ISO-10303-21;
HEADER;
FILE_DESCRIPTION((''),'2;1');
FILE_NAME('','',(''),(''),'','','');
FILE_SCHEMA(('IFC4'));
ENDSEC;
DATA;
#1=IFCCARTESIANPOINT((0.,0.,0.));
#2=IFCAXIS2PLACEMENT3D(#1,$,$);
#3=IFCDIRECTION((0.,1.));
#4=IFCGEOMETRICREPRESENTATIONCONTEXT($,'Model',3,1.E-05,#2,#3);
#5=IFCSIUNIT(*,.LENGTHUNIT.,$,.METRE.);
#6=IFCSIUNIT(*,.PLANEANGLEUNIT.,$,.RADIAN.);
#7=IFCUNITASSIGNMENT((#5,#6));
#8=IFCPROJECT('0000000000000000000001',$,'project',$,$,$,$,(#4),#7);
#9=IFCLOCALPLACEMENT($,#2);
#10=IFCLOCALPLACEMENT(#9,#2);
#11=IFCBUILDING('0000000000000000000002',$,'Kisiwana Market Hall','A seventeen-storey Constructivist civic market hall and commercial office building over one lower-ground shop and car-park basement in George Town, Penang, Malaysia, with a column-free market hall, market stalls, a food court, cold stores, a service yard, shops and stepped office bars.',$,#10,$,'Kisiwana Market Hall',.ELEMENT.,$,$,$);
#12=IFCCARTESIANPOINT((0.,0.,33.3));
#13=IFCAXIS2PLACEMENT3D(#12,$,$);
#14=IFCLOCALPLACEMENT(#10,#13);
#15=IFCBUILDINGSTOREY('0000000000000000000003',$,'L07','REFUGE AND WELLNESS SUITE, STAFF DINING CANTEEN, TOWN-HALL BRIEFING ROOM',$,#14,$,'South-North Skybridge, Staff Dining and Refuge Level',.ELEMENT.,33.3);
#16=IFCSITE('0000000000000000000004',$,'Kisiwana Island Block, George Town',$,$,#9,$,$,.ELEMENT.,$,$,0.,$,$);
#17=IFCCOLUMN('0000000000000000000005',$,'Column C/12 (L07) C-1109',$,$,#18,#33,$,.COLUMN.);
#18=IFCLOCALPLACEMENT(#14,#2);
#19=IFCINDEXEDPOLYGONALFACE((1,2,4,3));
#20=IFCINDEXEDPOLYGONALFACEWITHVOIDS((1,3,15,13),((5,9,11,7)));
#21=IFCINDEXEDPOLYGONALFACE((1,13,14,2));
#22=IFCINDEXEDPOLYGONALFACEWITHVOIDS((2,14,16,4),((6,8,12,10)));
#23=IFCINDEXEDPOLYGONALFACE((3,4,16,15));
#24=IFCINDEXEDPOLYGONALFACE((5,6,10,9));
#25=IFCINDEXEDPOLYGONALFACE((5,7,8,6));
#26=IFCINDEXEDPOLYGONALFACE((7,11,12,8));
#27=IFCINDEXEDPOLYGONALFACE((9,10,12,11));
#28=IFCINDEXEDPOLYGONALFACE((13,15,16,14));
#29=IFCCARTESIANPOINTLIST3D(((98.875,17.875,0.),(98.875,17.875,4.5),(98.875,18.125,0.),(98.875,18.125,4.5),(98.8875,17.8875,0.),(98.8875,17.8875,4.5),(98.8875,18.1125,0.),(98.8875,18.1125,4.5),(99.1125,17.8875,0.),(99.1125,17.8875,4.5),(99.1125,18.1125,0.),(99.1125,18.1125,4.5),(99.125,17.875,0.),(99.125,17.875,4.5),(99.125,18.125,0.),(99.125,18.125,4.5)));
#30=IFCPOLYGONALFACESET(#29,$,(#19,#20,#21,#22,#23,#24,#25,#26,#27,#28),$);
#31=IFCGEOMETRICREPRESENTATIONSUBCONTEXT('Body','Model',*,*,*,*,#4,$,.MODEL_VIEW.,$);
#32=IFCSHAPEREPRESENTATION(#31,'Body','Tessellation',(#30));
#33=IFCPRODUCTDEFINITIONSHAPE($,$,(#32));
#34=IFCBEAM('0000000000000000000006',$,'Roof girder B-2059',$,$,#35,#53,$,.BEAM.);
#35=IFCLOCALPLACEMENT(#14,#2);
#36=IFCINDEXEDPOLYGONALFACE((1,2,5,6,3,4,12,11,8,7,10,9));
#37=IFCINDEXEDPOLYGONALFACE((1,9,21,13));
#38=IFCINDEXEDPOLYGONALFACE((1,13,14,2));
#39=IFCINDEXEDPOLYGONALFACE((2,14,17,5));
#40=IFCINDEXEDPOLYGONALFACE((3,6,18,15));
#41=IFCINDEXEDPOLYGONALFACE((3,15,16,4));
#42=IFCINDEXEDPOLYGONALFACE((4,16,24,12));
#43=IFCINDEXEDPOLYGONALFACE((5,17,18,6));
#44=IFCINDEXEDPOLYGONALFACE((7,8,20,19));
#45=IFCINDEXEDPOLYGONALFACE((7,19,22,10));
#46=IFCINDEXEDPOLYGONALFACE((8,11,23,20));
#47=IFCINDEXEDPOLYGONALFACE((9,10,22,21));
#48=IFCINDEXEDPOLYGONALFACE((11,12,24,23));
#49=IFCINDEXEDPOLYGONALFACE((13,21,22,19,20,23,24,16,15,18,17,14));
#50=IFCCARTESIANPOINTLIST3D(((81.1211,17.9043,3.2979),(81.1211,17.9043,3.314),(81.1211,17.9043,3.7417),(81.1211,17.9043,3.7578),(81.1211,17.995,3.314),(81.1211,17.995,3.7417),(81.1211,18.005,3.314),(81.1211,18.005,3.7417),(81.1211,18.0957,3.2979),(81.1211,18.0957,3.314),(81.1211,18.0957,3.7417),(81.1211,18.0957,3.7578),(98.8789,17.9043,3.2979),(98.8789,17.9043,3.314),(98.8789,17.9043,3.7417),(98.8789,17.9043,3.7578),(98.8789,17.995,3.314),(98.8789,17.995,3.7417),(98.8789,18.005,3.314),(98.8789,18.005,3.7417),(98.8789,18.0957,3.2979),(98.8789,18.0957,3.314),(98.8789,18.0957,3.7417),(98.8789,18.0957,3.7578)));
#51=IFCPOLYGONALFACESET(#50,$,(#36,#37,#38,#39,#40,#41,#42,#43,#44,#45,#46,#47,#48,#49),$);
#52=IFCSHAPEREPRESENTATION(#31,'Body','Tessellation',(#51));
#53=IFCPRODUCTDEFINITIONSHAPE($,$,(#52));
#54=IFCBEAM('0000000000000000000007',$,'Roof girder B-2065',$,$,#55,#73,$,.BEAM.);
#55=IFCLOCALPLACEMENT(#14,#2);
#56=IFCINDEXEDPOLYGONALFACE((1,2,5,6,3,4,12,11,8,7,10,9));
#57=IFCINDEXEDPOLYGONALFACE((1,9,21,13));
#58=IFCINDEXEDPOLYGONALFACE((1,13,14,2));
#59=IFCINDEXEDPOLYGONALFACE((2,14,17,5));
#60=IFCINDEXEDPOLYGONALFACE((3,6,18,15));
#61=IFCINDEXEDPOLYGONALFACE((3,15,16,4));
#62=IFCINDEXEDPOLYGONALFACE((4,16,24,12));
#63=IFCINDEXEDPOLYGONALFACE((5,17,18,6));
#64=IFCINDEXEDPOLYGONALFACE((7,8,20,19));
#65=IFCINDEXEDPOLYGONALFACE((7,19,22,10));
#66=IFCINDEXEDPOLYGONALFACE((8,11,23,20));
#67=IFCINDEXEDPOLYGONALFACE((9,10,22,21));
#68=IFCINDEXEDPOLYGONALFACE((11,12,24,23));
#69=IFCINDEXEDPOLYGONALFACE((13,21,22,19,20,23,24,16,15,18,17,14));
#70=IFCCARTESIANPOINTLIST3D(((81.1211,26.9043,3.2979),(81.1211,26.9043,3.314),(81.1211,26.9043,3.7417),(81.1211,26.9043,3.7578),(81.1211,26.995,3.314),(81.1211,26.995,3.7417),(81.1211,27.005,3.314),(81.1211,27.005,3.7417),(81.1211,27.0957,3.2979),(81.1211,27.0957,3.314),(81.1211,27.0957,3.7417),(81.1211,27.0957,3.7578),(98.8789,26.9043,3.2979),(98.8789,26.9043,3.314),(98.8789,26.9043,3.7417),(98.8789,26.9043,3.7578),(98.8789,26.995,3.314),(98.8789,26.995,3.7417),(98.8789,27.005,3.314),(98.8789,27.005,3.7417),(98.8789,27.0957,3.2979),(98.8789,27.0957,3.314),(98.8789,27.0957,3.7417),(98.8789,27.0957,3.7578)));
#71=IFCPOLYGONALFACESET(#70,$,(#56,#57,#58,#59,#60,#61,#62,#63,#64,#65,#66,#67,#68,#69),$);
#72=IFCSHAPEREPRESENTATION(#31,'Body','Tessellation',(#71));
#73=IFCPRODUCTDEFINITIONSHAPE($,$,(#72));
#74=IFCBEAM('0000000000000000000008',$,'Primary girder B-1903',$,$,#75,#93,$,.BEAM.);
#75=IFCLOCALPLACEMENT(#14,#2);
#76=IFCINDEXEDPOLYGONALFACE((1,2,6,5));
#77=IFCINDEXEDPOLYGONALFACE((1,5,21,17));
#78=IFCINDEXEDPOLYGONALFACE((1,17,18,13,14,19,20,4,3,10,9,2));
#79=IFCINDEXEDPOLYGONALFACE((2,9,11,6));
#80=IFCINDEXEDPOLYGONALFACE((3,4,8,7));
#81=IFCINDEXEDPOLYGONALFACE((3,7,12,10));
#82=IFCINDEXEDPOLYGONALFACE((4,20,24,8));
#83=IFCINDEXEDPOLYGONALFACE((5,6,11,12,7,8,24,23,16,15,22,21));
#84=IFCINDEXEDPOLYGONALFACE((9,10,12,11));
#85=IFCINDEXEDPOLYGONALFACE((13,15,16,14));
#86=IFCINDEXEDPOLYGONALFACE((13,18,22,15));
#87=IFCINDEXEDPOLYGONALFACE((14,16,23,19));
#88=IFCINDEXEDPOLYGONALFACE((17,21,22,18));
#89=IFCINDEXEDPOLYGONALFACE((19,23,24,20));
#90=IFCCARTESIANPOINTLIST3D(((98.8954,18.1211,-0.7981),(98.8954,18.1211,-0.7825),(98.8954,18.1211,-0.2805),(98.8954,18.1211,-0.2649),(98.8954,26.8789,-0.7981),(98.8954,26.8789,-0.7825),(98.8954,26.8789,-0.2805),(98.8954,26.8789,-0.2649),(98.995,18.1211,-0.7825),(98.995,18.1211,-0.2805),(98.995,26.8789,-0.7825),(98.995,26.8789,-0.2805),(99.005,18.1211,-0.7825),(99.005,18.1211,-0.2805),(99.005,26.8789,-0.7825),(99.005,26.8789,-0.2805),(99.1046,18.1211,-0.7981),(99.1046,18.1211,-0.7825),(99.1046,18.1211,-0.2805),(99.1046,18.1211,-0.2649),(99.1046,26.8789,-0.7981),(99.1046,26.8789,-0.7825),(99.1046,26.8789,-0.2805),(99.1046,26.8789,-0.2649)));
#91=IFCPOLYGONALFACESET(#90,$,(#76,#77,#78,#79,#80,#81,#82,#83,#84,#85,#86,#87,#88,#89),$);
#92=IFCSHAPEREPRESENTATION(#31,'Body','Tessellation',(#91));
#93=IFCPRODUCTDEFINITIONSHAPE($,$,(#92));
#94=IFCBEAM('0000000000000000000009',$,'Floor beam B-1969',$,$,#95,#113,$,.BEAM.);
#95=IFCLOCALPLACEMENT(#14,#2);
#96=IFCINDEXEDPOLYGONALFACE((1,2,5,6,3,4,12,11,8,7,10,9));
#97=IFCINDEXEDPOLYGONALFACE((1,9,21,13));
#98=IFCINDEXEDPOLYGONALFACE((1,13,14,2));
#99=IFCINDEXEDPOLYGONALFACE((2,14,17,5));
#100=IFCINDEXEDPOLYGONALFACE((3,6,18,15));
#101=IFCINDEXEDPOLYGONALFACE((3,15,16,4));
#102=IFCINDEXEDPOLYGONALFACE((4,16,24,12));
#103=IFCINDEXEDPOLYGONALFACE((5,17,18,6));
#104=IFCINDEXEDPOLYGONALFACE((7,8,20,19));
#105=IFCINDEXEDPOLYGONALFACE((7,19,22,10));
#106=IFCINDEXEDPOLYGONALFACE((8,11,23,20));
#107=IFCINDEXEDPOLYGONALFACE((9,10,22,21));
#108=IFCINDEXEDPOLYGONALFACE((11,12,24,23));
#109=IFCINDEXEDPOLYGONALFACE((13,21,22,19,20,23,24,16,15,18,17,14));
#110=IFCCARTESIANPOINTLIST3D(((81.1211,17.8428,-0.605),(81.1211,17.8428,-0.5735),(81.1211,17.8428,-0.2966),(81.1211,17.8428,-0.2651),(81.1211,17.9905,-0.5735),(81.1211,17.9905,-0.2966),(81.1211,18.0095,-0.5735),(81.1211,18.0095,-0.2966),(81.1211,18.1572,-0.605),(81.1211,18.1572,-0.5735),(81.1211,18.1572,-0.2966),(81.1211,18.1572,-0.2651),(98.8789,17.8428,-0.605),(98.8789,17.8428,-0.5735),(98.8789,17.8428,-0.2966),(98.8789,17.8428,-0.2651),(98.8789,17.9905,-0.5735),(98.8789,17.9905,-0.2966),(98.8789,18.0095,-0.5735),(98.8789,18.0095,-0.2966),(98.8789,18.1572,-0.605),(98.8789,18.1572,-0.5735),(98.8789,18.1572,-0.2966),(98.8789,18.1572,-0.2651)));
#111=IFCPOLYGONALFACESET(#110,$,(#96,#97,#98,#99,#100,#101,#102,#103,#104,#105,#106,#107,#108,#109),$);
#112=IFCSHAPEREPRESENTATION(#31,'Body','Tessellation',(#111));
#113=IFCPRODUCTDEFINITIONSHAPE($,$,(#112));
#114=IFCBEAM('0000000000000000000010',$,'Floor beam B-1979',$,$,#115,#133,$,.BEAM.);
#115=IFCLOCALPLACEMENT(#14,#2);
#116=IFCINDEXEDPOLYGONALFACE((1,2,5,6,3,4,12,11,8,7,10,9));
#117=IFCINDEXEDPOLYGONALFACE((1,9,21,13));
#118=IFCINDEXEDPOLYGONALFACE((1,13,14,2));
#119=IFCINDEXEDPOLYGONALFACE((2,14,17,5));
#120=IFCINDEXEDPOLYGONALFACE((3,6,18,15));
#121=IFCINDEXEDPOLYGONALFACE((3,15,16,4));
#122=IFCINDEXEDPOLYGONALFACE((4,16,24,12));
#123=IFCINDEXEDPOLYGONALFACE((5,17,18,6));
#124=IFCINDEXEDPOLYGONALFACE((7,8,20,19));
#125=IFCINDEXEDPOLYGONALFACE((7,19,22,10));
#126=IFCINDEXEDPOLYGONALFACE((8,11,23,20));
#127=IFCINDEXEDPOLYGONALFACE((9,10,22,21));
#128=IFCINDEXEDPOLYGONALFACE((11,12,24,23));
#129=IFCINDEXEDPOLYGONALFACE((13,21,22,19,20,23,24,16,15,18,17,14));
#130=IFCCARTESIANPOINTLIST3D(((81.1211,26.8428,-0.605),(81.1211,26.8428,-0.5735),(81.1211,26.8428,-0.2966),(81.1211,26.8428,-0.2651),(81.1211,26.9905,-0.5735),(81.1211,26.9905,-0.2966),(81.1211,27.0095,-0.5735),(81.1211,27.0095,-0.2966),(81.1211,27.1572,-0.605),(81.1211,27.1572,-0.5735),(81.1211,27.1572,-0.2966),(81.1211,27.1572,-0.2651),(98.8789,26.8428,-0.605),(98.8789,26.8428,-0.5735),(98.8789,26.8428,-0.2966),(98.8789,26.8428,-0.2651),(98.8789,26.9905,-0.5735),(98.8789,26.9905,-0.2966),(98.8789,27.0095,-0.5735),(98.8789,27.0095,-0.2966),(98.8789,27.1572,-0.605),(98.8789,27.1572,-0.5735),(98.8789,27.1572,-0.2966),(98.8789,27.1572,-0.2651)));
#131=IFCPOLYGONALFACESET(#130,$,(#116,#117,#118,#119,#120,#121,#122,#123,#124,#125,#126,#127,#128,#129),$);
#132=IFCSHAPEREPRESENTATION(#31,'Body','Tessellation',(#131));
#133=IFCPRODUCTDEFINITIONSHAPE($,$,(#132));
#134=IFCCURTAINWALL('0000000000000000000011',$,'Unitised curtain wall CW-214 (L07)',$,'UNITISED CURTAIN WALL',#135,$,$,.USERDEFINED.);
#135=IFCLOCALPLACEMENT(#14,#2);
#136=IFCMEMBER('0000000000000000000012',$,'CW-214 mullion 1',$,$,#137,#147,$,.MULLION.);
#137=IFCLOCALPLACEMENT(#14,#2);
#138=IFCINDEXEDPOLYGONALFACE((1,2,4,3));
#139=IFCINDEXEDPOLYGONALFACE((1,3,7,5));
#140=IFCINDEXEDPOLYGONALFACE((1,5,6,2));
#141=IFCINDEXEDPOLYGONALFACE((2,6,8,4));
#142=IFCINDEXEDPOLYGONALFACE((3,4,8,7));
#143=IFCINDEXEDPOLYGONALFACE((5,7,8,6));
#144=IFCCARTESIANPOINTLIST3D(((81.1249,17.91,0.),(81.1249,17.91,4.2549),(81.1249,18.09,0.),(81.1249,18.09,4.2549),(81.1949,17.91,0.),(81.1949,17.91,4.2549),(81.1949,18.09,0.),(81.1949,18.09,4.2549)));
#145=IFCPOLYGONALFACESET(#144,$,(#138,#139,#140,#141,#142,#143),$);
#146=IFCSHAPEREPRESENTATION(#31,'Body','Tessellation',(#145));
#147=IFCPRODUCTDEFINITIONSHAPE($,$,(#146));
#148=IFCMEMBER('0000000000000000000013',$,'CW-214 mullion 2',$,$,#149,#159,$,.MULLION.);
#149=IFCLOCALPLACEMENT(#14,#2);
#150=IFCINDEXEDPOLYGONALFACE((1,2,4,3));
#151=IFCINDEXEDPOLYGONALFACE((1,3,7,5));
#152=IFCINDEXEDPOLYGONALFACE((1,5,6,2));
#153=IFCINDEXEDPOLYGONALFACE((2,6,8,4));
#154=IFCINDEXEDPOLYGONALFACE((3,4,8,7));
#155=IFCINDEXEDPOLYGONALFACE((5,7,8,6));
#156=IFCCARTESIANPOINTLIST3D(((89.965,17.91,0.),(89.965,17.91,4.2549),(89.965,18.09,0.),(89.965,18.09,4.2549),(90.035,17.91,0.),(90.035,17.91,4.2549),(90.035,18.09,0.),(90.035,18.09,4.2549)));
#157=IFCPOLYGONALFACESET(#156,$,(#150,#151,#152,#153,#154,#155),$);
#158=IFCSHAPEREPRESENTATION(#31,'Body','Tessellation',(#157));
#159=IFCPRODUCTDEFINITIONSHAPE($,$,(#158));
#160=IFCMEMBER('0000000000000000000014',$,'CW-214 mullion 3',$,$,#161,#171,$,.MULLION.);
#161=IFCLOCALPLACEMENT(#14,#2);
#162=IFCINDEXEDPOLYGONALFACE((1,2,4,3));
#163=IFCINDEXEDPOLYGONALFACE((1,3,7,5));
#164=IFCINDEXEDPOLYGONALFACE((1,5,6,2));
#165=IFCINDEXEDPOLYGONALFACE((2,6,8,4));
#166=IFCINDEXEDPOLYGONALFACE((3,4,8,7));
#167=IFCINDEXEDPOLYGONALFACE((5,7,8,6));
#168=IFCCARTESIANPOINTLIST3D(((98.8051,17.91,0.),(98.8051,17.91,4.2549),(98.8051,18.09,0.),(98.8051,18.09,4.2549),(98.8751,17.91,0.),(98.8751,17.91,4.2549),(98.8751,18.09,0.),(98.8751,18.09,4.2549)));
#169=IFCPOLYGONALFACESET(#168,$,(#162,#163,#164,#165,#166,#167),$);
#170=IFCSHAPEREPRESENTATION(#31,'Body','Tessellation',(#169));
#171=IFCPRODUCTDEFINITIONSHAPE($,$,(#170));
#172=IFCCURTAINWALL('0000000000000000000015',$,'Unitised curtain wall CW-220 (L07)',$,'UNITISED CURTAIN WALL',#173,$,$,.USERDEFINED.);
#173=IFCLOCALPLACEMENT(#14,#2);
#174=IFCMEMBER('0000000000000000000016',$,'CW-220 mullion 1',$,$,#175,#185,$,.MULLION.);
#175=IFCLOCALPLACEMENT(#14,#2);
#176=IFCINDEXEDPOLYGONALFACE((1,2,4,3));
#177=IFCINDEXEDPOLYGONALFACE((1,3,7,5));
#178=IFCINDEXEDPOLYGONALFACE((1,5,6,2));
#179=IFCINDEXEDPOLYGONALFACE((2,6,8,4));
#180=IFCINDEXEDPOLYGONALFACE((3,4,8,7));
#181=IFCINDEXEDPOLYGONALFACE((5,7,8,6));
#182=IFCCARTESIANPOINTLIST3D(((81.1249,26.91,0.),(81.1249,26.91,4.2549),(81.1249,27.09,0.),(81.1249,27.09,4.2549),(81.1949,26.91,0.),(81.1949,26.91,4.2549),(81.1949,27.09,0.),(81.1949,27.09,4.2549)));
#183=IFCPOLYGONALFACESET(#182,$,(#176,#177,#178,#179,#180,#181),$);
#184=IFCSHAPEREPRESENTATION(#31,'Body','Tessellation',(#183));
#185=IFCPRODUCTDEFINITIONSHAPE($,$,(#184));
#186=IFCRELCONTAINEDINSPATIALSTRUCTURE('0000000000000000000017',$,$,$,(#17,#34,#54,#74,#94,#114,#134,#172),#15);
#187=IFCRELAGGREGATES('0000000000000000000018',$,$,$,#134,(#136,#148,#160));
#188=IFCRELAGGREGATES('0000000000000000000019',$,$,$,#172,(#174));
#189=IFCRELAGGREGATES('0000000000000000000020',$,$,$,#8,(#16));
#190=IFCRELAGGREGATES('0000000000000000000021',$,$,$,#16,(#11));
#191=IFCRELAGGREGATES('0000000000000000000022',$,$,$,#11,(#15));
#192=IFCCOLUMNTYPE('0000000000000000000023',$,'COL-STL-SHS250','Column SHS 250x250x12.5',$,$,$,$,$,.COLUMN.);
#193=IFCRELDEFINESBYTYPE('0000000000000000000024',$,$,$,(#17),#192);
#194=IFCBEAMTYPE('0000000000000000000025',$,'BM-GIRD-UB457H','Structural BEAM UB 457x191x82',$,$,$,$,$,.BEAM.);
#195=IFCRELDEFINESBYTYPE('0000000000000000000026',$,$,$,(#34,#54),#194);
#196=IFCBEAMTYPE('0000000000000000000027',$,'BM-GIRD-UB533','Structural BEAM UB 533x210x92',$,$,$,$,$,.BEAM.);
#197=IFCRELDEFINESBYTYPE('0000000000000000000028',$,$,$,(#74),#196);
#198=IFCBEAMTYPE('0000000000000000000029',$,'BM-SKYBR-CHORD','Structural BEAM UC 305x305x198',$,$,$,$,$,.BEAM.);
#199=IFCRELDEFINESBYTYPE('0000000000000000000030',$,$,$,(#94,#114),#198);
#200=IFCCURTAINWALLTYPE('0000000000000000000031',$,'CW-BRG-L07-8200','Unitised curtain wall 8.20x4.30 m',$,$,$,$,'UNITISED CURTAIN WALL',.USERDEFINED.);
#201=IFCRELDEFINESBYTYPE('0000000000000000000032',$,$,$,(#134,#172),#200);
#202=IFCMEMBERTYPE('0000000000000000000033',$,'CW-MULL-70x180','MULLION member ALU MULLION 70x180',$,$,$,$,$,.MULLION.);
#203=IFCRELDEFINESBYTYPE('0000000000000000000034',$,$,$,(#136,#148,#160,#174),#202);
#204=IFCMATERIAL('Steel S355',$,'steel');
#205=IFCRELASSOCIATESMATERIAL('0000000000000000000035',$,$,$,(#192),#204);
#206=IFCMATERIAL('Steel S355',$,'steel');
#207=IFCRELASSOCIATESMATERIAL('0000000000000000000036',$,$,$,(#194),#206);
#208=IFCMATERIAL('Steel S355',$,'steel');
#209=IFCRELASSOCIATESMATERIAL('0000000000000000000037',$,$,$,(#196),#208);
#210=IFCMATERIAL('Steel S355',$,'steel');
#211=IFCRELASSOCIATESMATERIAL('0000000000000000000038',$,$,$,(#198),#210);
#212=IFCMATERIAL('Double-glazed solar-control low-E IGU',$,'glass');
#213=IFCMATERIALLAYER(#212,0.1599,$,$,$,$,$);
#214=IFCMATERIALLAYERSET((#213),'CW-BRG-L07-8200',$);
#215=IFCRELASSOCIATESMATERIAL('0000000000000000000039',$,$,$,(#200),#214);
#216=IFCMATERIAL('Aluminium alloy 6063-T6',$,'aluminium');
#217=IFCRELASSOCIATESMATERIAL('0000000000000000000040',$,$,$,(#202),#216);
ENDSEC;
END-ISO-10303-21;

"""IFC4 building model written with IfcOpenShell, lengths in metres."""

from ifc_helpers import new_model, si_unit, direction, frame, origin, origin_2d, place, context, subcontext, project, spatial, rectangle, hollow_rectangle, i_section, extrude, material, layer, layer_set, material_profile, profile_set, type_object, element, aggregate, save


model = new_model("IFC4")

# Units and contexts
model_context = context("Model", 3, precision=1e-05, world=origin(), true_north=direction((0.0, 1.0)))
body_context = subcontext(model_context, "Body", "Model", "MODEL_VIEW")
ifc_project = project(units=[si_unit("LENGTHUNIT", "METRE"), si_unit("PLANEANGLEUNIT", "RADIAN")], contexts=[model_context])

# Site, building, storey
site_placement = place(None, origin())
site = spatial("IfcSite", under=ifc_project, at=site_placement, Name="Kisiwana Island Block, George Town", CompositionType="ELEMENT", RefElevation=0.0)
building_placement = place(site_placement, origin())
building = spatial("IfcBuilding", under=site, at=building_placement, Name="Kisiwana Market Hall", Description="A seventeen-storey Constructivist civic market hall and commercial office building over one lower-ground shop and car-park basement in George Town, Penang, Malaysia, with a column-free market hall, market stalls, a food court, cold stores, a service yard, shops and stepped office bars.", LongName="Kisiwana Market Hall", CompositionType="ELEMENT")
storey_placement = place(building_placement, frame((0.0, 0.0, 33.3)))
storey = spatial("IfcBuildingStorey", under=building, at=storey_placement, Name="L07", Description="REFUGE AND WELLNESS SUITE, STAFF DINING CANTEEN, TOWN-HALL BRIEFING ROOM", LongName="South-North Skybridge, Staff Dining and Refuge Level", CompositionType="ELEMENT", Elevation=33.3)

# Column
ifc_material_1 = material(Name="Steel S355", Category="steel")
ifc_material_profile_1 = material_profile(ifc_material_1, hollow_rectangle(XDim=0.25, YDim=0.25, WallThickness=0.0125, at=origin_2d()), Name="SHS 250x250x12.5")
ifc_profile_set_1 = profile_set([ifc_material_profile_1], Name="Steel S355")
column_type = type_object("IfcColumnType", Name="COL-STL-SHS250", Description="Column SHS 250x250x12.5", PredefinedType="COLUMN", material=ifc_profile_set_1)
column_placement = place(storey_placement, frame((99.0, 18.0, 0.0), z_axis=(0.0, 0.0, 1.0), x_axis=(1.0, 0.0, 0.0)))
element("IfcColumn", 1, at=column_placement, inside=storey, type_object=column_type, Name="Column C/12 (L07) C-1109", PredefinedType="COLUMN", context=body_context, shape_type="SweptSolid", body=[
    extrude(hollow_rectangle(XDim=0.25, YDim=0.25, WallThickness=0.0125, at=origin_2d()), origin(), (0.0, 0.0, 1.0), 4.5),
])

# Beams
ifc_material_2 = material(Name="Steel S355", Category="steel")
ifc_material_profile_2 = material_profile(ifc_material_2, i_section(OverallWidth=0.1914, OverallDepth=0.46, WebThickness=0.01, FlangeThickness=0.0161, at=origin_2d()), Name="UB 457x191x82")
ifc_profile_set_2 = profile_set([ifc_material_profile_2], Name="Steel S355")
beam_type_1 = type_object("IfcBeamType", Name="BM-GIRD-UB457H", Description="Structural BEAM UB 457x191x82", PredefinedType="BEAM", material=ifc_profile_set_2)
for number, where, z_axis, x_axis, name in (
    (2, (81.1211, 18.0, 3.5278), (1.0, 0.0, 0.0), (0.0, 1.0, 0.0), "Roof girder B-2059"),
    (3, (81.1211, 27.0, 3.5278), (1.0, 0.0, 0.0), (0.0, 1.0, 0.0), "Roof girder B-2065"),
):
    element("IfcBeam", number, at=place(storey_placement, frame(where, z_axis=z_axis, x_axis=x_axis)), inside=storey, type_object=beam_type_1, Name=name, PredefinedType="BEAM", context=body_context, shape_type="SweptSolid", body=[
        extrude(i_section(OverallWidth=0.1914, OverallDepth=0.46, WebThickness=0.01, FlangeThickness=0.0161, at=origin_2d()), origin(), (0.0, 0.0, 1.0), 17.7578),
    ])
ifc_material_3 = material(Name="Steel S355", Category="steel")
ifc_material_profile_3 = material_profile(ifc_material_3, i_section(OverallWidth=0.2092, OverallDepth=0.5332, WebThickness=0.01, FlangeThickness=0.0156, at=origin_2d()), Name="UB 533x210x92")
ifc_profile_set_3 = profile_set([ifc_material_profile_3], Name="Steel S355")
beam_type_2 = type_object("IfcBeamType", Name="BM-GIRD-UB533", Description="Structural BEAM UB 533x210x92", PredefinedType="BEAM", material=ifc_profile_set_3)
beam_placement = place(storey_placement, frame((99.0, 18.1211, -0.5315), z_axis=(0.0, 1.0, 0.0), x_axis=(-1.0, 0.0, 0.0)))
element("IfcBeam", 4, at=beam_placement, inside=storey, type_object=beam_type_2, Name="Primary girder B-1903", PredefinedType="BEAM", context=body_context, shape_type="SweptSolid", body=[
    extrude(i_section(OverallWidth=0.2092, OverallDepth=0.5332, WebThickness=0.01, FlangeThickness=0.0156, at=origin_2d()), origin(), (0.0, 0.0, 1.0), 8.7578),
])
ifc_material_4 = material(Name="Steel S355", Category="steel")
ifc_material_profile_4 = material_profile(ifc_material_4, i_section(OverallWidth=0.3145, OverallDepth=0.3398, WebThickness=0.019, FlangeThickness=0.0315, at=origin_2d()), Name="UC 305x305x198")
ifc_profile_set_4 = profile_set([ifc_material_profile_4], Name="Steel S355")
beam_type_3 = type_object("IfcBeamType", Name="BM-SKYBR-CHORD", Description="Structural BEAM UC 305x305x198", PredefinedType="BEAM", material=ifc_profile_set_4)
for number, where, z_axis, x_axis, name in (
    (5, (81.1211, 18.0, -0.4351), (1.0, 0.0, 0.0), (0.0, 1.0, 0.0), "Floor beam B-1969"),
    (6, (81.1211, 27.0, -0.4351), (1.0, 0.0, 0.0), (0.0, 1.0, 0.0), "Floor beam B-1979"),
):
    element("IfcBeam", number, at=place(storey_placement, frame(where, z_axis=z_axis, x_axis=x_axis)), inside=storey, type_object=beam_type_3, Name=name, PredefinedType="BEAM", context=body_context, shape_type="SweptSolid", body=[
        extrude(i_section(OverallWidth=0.3145, OverallDepth=0.3398, WebThickness=0.019, FlangeThickness=0.0315, at=origin_2d()), origin(), (0.0, 0.0, 1.0), 17.7578),
    ])

# Curtain walls, members
ifc_material_5 = material(Name="Double-glazed solar-control low-E IGU", Category="glass")
ifc_layer_1 = layer(ifc_material_5, 0.1599)
ifc_layer_set_1 = layer_set([ifc_layer_1], Name="CW-BRG-L07-8200")
curtain_wall_type = type_object("IfcCurtainWallType", Name="CW-BRG-L07-8200", Description="Unitised curtain wall 8.20x4.30 m", ElementType="UNITISED CURTAIN WALL", PredefinedType="USERDEFINED", material=ifc_layer_set_1)
curtain_wall_1_placement = place(storey_placement, origin())
curtain_wall_1 = element("IfcCurtainWall", 7, at=curtain_wall_1_placement, inside=storey, type_object=curtain_wall_type, Name="Unitised curtain wall CW-214 (L07)", ObjectType="UNITISED CURTAIN WALL", PredefinedType="USERDEFINED")
ifc_material_6 = material(Name="Aluminium alloy 6063-T6", Category="aluminium")
ifc_material_profile_5 = material_profile(ifc_material_6, rectangle(XDim=0.0701, YDim=0.1799, at=origin_2d()), Name="ALU MULLION 70x180")
ifc_profile_set_5 = profile_set([ifc_material_profile_5], Name="Aluminium alloy 6063-T6")
member_type_1 = type_object("IfcMemberType", Name="CW-MULL-70x180", Description="MULLION member ALU MULLION 70x180", PredefinedType="MULLION", material=ifc_profile_set_5)
member_1_placement = place(storey_placement, frame((81.1599, 18.0, 0.0), z_axis=(0.0, 0.0, 1.0), x_axis=(1.0, 0.0, 0.0)))
member_1 = element("IfcMember", 8, at=member_1_placement, type_object=member_type_1, Name="CW-214 mullion 1", PredefinedType="MULLION", context=body_context, shape_type="SweptSolid", body=[
    extrude(rectangle(XDim=0.0701, YDim=0.1799, at=origin_2d()), origin(), (0.0, 0.0, 1.0), 4.2549),
])
member_2_placement = place(storey_placement, frame((90.0, 18.0, 0.0), z_axis=(0.0, 0.0, 1.0), x_axis=(1.0, 0.0, 0.0)))
member_2 = element("IfcMember", 9, at=member_2_placement, type_object=member_type_1, Name="CW-214 mullion 2", PredefinedType="MULLION", context=body_context, shape_type="SweptSolid", body=[
    extrude(rectangle(XDim=0.0701, YDim=0.1799, at=origin_2d()), origin(), (0.0, 0.0, 1.0), 4.2549),
])
member_3_placement = place(storey_placement, frame((98.8401, 18.0, 0.0), z_axis=(0.0, 0.0, 1.0), x_axis=(1.0, 0.0, 0.0)))
member_3 = element("IfcMember", 10, at=member_3_placement, type_object=member_type_1, Name="CW-214 mullion 3", PredefinedType="MULLION", context=body_context, shape_type="SweptSolid", body=[
    extrude(rectangle(XDim=0.0701, YDim=0.1799, at=origin_2d()), origin(), (0.0, 0.0, 1.0), 4.2549),
])
curtain_wall_2_placement = place(storey_placement, origin())
curtain_wall_2 = element("IfcCurtainWall", 11, at=curtain_wall_2_placement, inside=storey, type_object=curtain_wall_type, Name="Unitised curtain wall CW-220 (L07)", ObjectType="UNITISED CURTAIN WALL", PredefinedType="USERDEFINED")
member_4_placement = place(storey_placement, frame((81.1599, 27.0, 0.0), z_axis=(0.0, 0.0, 1.0), x_axis=(1.0, 0.0, 0.0)))
member_4 = element("IfcMember", 12, at=member_4_placement, type_object=member_type_1, Name="CW-220 mullion 1", PredefinedType="MULLION", context=body_context, shape_type="SweptSolid", body=[
    extrude(rectangle(XDim=0.0701, YDim=0.1799, at=origin_2d()), origin(), (0.0, 0.0, 1.0), 4.2549),
])

aggregate(curtain_wall_1, [member_1, member_2, member_3])
aggregate(curtain_wall_2, [member_4])

save(model, "model.ifc")
